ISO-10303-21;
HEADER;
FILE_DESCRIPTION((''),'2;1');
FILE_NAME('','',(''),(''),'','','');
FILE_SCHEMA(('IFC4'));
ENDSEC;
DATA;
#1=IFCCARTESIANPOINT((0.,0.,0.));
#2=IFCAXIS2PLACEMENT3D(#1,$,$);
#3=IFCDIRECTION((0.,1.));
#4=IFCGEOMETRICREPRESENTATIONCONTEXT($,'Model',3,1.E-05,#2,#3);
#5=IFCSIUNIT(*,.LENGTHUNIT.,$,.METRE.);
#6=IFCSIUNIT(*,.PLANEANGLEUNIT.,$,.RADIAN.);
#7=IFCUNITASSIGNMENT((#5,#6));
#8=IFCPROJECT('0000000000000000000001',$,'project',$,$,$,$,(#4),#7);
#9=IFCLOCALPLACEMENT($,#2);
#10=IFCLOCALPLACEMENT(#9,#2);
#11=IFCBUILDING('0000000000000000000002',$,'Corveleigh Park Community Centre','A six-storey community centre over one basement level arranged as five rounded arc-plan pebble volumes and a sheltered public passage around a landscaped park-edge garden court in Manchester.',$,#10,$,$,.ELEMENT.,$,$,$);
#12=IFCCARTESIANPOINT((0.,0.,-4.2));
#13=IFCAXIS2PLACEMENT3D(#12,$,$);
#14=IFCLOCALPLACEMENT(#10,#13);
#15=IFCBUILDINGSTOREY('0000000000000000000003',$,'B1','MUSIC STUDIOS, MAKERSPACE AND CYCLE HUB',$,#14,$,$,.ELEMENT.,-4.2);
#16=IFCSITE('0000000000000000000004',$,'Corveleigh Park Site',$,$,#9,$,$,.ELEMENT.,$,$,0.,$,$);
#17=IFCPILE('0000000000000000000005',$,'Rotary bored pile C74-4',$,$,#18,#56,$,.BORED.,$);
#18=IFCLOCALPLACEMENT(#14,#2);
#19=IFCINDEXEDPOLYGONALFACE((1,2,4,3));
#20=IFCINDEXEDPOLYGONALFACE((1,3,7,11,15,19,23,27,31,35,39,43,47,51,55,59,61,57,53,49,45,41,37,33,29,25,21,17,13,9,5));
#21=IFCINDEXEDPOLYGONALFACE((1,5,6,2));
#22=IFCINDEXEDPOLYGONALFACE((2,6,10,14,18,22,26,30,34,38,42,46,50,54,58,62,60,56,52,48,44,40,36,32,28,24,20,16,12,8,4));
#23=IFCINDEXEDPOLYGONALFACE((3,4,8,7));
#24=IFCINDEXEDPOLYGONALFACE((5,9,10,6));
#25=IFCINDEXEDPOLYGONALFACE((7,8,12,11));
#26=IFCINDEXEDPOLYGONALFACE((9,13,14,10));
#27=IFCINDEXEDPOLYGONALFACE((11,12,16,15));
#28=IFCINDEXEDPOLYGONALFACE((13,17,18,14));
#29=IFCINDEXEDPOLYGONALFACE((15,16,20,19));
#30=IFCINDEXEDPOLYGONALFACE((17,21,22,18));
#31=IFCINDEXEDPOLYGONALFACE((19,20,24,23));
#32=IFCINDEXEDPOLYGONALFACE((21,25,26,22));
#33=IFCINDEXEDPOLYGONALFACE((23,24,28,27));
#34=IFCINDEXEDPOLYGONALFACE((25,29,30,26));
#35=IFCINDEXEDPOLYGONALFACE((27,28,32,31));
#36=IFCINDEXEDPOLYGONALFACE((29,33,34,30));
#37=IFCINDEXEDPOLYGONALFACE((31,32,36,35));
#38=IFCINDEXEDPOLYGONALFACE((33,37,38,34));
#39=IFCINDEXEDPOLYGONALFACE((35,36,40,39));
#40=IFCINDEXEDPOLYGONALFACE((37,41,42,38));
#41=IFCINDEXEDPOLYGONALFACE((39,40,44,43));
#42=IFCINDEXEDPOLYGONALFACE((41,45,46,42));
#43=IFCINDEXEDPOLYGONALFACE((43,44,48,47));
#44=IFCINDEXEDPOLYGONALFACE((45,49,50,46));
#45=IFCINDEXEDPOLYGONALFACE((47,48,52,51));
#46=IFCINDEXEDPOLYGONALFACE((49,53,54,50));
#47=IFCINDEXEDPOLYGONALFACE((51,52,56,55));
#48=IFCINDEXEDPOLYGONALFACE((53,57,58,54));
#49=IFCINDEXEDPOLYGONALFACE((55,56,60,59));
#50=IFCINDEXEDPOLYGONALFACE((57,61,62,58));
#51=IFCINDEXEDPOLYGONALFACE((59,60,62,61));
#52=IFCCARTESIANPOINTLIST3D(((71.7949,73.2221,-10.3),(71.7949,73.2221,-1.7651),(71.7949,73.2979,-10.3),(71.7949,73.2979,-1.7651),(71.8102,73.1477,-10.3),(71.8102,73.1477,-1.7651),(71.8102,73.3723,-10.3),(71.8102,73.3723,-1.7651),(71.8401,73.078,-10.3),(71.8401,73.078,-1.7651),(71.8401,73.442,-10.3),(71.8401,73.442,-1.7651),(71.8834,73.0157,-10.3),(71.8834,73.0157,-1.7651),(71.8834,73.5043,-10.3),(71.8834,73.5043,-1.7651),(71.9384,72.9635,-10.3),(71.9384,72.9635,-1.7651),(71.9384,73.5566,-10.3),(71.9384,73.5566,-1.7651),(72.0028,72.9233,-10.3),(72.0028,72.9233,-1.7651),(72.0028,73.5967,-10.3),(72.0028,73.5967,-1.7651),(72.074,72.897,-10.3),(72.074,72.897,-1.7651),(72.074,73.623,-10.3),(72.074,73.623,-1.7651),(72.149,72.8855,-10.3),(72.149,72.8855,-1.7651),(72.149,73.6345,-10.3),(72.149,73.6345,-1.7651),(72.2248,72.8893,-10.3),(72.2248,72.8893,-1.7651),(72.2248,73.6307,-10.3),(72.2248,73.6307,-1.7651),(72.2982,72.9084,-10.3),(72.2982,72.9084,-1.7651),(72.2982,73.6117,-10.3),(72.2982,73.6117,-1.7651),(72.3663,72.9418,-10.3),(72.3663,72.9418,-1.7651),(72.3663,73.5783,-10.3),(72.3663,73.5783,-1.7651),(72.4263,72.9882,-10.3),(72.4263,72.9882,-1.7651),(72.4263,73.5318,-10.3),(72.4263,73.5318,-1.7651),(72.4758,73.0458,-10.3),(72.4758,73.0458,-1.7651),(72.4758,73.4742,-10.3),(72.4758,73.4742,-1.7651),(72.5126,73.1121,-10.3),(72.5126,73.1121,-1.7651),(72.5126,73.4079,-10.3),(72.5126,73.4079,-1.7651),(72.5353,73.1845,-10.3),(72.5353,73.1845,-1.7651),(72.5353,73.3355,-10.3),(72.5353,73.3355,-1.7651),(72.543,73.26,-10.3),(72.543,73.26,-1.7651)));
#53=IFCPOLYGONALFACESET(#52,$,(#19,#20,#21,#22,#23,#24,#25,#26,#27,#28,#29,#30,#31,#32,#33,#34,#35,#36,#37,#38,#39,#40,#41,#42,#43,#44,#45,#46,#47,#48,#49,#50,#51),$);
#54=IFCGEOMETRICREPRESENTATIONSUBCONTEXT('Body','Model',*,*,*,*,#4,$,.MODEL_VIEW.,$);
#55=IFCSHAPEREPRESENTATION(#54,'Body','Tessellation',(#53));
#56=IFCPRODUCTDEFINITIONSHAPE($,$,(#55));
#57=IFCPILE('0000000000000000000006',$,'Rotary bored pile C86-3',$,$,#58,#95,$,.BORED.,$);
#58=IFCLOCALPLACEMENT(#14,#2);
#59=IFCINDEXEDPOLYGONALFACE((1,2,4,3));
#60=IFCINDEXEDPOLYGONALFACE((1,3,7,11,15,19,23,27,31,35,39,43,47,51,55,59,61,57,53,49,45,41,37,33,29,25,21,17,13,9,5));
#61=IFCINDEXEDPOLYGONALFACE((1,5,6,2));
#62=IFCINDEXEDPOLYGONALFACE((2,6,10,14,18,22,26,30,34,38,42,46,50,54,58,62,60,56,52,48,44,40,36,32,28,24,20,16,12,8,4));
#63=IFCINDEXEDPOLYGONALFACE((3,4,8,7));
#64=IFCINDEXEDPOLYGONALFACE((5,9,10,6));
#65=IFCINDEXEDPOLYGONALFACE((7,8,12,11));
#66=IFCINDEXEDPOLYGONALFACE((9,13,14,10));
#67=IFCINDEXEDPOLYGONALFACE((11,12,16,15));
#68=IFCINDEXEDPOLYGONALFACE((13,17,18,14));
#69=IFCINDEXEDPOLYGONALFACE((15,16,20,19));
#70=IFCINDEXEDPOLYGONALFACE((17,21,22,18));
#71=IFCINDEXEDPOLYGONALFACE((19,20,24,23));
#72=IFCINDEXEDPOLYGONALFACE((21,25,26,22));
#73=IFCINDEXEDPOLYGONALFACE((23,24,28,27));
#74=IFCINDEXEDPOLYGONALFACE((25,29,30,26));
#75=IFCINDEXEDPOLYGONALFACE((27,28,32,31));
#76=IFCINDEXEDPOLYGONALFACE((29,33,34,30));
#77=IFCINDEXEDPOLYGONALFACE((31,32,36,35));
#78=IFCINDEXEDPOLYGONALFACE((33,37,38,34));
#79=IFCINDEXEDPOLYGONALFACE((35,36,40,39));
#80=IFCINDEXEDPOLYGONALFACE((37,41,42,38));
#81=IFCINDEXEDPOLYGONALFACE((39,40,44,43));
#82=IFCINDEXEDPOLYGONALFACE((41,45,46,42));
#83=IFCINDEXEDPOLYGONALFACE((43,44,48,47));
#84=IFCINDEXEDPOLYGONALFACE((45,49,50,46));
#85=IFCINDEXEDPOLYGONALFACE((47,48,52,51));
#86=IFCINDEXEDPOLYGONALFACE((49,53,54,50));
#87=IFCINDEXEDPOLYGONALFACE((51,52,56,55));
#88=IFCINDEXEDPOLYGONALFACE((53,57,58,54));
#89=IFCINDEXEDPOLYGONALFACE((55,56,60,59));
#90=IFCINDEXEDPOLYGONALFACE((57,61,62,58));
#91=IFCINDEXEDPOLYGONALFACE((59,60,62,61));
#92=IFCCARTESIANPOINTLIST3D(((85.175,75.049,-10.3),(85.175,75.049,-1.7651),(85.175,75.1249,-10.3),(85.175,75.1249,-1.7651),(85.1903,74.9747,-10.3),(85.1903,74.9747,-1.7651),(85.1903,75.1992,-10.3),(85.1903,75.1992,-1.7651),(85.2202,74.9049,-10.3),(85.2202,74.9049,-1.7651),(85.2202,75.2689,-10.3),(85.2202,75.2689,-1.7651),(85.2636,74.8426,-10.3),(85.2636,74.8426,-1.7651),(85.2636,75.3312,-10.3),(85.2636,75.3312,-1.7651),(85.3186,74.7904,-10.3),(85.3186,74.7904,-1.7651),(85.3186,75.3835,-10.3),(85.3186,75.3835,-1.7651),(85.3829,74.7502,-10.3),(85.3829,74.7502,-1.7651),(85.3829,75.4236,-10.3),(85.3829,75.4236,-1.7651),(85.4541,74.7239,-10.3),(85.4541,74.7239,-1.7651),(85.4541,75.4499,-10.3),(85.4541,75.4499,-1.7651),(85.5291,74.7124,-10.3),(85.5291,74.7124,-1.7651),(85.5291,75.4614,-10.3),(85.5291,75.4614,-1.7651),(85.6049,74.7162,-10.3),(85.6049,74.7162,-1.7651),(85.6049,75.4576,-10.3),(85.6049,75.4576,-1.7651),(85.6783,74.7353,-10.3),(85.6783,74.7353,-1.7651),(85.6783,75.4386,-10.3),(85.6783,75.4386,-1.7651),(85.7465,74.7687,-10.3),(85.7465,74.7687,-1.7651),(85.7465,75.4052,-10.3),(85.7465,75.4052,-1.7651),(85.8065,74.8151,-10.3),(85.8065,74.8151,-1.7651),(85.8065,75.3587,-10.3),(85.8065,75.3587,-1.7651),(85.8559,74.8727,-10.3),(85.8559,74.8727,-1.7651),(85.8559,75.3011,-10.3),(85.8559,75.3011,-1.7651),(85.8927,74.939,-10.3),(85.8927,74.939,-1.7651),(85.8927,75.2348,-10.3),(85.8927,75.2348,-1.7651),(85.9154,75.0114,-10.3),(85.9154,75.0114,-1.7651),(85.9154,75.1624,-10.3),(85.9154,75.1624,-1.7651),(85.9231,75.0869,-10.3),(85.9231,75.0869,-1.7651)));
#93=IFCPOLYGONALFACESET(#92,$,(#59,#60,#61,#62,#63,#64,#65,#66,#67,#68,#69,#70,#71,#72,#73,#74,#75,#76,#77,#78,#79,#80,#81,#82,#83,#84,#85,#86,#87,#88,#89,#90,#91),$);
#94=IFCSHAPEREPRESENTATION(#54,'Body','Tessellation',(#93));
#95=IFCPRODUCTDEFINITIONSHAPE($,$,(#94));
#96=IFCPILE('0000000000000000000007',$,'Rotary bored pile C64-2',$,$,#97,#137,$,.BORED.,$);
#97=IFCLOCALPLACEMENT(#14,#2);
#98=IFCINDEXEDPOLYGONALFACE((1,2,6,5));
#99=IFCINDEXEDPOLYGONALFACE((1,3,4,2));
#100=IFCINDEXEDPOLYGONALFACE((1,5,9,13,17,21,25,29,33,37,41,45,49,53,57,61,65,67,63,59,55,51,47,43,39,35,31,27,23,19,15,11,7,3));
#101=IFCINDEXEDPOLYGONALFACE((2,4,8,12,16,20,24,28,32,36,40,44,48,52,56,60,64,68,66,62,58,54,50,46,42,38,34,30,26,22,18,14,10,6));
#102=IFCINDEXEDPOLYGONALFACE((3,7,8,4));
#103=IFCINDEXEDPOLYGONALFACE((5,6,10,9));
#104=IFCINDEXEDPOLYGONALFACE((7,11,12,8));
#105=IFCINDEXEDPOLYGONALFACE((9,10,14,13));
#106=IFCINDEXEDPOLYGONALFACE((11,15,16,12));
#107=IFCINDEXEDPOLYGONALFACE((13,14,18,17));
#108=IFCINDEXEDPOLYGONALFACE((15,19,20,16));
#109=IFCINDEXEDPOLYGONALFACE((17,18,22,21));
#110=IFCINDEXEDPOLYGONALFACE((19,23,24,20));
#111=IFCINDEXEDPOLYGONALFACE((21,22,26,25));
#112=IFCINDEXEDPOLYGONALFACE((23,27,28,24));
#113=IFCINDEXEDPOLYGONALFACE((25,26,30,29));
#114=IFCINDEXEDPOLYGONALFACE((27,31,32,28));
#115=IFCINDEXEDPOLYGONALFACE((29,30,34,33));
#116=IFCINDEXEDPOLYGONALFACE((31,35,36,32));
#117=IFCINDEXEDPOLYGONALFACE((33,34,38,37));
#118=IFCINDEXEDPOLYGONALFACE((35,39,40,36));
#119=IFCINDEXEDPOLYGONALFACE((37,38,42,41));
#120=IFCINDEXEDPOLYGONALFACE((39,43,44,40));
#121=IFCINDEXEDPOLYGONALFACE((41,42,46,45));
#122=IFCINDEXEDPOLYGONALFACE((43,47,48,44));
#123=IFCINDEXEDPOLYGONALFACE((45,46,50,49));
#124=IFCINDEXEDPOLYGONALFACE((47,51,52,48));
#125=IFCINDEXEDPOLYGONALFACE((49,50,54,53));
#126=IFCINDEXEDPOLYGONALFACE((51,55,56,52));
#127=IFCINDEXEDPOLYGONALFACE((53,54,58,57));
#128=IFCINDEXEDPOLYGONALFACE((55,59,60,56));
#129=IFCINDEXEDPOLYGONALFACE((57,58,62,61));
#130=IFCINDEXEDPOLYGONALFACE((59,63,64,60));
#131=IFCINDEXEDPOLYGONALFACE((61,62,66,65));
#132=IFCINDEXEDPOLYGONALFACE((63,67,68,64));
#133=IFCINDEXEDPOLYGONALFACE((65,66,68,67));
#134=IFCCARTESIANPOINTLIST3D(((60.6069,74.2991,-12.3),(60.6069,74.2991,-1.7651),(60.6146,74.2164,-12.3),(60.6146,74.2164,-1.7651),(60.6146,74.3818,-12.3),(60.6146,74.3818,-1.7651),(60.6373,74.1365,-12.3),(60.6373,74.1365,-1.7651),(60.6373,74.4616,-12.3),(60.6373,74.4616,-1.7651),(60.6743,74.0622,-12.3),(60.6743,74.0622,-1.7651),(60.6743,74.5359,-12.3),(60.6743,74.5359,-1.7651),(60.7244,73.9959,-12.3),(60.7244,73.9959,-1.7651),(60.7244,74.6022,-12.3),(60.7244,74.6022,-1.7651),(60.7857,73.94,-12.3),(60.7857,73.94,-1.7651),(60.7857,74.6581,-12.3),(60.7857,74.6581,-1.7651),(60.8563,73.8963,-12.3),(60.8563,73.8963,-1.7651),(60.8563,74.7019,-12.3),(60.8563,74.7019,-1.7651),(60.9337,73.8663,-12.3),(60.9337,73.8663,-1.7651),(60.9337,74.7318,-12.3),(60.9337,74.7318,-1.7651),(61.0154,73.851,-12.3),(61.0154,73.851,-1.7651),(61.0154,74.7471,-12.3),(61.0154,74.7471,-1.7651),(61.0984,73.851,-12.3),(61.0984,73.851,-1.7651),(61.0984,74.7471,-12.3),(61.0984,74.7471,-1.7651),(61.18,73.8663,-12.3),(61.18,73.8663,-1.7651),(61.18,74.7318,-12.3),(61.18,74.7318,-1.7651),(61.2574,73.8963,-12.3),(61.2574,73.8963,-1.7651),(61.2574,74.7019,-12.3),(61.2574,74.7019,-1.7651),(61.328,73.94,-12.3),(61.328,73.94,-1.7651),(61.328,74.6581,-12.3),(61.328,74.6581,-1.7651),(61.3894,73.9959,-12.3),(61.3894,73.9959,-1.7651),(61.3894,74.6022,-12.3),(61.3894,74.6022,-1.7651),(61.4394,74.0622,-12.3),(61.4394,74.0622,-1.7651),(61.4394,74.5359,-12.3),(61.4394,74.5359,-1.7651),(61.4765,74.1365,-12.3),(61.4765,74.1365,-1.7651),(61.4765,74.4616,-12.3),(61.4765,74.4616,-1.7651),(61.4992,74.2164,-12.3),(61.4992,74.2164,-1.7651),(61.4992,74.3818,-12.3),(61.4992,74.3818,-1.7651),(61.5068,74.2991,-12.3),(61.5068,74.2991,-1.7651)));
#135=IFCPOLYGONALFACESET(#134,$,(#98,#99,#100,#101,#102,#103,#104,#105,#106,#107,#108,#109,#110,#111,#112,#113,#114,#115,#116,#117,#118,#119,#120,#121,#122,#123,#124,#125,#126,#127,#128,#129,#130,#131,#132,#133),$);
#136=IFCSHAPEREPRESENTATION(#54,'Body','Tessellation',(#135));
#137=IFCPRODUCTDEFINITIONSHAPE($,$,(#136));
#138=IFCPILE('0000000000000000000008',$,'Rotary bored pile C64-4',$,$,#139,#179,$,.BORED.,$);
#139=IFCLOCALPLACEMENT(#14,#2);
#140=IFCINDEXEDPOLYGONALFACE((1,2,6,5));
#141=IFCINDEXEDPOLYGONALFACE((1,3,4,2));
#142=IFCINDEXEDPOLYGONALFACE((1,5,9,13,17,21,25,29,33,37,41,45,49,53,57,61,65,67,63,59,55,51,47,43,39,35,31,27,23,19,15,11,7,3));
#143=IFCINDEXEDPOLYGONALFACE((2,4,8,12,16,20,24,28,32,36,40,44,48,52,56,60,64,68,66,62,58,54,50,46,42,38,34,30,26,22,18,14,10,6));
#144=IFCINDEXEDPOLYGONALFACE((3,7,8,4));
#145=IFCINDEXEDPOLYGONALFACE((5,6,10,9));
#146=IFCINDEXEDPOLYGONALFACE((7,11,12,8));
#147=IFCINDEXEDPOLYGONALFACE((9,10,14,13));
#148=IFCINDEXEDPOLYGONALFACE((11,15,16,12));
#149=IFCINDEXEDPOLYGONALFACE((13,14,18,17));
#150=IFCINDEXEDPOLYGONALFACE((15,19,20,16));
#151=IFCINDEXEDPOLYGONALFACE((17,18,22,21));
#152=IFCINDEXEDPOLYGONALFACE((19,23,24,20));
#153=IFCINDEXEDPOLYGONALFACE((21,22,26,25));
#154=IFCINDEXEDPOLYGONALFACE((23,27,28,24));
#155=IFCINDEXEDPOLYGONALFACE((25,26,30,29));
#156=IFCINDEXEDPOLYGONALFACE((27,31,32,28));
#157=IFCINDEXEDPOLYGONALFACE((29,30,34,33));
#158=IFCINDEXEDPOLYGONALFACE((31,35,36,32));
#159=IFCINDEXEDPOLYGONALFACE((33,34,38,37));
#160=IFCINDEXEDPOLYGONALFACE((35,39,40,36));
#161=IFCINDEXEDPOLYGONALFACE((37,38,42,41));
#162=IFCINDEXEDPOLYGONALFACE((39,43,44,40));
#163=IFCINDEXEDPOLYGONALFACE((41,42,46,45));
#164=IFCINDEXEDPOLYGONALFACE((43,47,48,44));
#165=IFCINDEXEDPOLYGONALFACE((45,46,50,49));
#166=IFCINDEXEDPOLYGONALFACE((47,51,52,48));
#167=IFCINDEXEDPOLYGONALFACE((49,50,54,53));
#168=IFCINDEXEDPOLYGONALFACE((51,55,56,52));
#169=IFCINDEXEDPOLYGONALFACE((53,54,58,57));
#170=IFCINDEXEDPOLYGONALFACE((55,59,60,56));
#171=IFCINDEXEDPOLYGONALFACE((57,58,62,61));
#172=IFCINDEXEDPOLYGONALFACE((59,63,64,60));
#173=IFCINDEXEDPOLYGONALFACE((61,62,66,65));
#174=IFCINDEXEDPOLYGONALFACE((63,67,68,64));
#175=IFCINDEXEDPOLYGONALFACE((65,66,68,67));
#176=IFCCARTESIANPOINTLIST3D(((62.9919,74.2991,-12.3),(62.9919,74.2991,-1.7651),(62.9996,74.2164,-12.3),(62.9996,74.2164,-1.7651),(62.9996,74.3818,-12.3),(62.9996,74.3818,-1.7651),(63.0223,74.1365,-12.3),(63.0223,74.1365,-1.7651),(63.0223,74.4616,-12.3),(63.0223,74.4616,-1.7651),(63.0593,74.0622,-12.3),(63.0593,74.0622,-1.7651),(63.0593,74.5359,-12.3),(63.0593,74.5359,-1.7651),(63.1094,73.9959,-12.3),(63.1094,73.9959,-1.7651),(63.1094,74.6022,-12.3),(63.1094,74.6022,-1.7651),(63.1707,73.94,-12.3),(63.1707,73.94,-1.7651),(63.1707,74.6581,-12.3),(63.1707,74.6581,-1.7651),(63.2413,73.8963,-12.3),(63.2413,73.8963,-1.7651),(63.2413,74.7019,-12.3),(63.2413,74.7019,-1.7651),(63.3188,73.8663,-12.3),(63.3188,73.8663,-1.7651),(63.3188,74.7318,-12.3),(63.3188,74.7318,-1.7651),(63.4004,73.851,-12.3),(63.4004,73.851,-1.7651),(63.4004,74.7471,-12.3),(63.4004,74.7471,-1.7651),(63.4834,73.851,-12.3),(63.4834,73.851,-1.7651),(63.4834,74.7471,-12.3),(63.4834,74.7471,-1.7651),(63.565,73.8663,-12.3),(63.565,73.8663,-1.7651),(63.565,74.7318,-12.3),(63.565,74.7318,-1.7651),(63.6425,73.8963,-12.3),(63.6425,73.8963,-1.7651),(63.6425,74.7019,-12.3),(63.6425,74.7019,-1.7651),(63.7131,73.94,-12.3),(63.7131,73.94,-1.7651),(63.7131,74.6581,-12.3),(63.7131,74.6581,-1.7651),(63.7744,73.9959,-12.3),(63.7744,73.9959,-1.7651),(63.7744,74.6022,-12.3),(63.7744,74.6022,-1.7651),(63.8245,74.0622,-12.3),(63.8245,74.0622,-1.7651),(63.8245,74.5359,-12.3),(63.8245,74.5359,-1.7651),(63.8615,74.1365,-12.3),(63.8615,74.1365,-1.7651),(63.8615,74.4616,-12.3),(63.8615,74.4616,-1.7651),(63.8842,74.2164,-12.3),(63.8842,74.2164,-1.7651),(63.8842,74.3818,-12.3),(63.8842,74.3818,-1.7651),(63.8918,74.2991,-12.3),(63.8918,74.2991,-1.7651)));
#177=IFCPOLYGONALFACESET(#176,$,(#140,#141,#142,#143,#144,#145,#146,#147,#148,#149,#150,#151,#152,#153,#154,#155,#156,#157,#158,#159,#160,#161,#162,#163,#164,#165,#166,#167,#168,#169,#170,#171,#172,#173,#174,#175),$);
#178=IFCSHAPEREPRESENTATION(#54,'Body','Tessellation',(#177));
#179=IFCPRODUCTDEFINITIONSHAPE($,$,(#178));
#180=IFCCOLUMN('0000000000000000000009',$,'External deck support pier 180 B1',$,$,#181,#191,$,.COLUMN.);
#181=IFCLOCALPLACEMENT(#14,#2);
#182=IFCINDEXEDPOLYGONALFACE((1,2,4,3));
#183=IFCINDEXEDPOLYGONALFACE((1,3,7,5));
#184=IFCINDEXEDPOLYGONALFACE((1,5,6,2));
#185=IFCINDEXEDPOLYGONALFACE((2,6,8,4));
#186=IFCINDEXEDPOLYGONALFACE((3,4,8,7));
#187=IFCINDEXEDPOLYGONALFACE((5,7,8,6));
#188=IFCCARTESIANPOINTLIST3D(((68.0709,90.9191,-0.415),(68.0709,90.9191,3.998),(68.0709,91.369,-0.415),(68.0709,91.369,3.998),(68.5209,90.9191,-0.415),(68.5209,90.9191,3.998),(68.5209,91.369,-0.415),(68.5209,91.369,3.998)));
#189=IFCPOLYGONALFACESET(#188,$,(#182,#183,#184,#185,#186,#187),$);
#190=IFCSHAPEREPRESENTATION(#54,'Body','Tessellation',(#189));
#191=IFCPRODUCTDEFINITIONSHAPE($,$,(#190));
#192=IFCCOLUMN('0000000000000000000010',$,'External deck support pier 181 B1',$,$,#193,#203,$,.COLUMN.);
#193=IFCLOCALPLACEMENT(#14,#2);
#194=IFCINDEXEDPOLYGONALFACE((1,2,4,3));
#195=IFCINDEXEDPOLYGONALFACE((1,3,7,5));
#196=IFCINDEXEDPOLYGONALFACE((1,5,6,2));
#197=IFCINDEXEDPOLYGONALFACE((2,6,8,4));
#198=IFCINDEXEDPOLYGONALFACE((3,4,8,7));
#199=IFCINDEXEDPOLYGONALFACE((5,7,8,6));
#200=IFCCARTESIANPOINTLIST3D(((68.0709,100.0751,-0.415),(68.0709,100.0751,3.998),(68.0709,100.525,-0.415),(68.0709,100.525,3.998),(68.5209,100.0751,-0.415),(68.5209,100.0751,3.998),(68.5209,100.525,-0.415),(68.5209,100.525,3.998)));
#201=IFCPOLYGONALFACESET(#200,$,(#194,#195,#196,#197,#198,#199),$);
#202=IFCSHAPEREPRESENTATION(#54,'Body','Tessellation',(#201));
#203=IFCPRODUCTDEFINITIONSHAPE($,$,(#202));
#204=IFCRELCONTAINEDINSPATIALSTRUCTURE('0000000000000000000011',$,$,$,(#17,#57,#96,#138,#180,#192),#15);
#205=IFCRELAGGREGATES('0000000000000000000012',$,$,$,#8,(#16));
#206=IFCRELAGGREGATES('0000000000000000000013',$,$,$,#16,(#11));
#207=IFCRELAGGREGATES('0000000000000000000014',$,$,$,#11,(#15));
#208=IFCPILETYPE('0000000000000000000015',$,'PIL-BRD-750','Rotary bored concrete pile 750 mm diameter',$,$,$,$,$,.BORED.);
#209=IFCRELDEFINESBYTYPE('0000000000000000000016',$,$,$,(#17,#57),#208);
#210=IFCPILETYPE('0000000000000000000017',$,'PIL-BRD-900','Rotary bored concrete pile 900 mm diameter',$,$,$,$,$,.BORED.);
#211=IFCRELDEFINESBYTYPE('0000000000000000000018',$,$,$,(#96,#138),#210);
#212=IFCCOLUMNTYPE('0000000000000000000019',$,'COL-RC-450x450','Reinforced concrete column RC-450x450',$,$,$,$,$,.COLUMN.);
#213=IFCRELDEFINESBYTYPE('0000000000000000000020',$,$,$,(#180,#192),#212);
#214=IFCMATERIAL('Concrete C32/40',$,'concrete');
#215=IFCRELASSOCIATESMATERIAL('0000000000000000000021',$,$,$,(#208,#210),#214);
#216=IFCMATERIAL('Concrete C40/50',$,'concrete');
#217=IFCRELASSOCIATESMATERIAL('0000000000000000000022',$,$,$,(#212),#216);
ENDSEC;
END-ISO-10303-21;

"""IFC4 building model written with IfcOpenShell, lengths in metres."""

from ifc_helpers import new_model, si_unit, direction, frame, origin, origin_2d, place, context, subcontext, project, spatial, rectangle, circle, extrude, material, material_profile, profile_set, type_object, element, save


model = new_model("IFC4")

# Units and contexts
model_context = context("Model", 3, precision=1e-05, world=origin(), true_north=direction((0.0, 1.0)))
body_context = subcontext(model_context, "Body", "Model", "MODEL_VIEW")
ifc_project = project(units=[si_unit("LENGTHUNIT", "METRE"), si_unit("PLANEANGLEUNIT", "RADIAN")], contexts=[model_context])

# Site, building, storey
site_placement = place(None, origin())
site = spatial("IfcSite", under=ifc_project, at=site_placement, Name="Corveleigh Park Site", CompositionType="ELEMENT", RefElevation=0.0)
building_placement = place(site_placement, origin())
building = spatial("IfcBuilding", under=site, at=building_placement, Name="Corveleigh Park Community Centre", Description="A six-storey community centre over one basement level arranged as five rounded arc-plan pebble volumes and a sheltered public passage around a landscaped park-edge garden court in Manchester.", CompositionType="ELEMENT")
storey_placement = place(building_placement, frame((0.0, 0.0, -4.2)))
storey = spatial("IfcBuildingStorey", under=building, at=storey_placement, Name="B1", Description="MUSIC STUDIOS, MAKERSPACE AND CYCLE HUB", CompositionType="ELEMENT", Elevation=-4.2)

# Shared definitions
ifc_material_1 = material(Name="Concrete C40/50", Category="concrete")

# Piles
ifc_material_2 = material(Name="Concrete C32/40", Category="concrete")
ifc_material_profile_1 = material_profile(ifc_material_2, circle(Radius=0.375, at=origin_2d()), Name="BORED-PILE-750", Category="concrete")
ifc_profile_set_1 = profile_set([ifc_material_profile_1], Name="Concrete C32/40")
pile_type_1 = type_object("IfcPileType", Name="PIL-BRD-750", Description="Rotary bored concrete pile 750 mm diameter", PredefinedType="BORED", material=ifc_profile_set_1)
for number, where, z_axis, x_axis, name in (
    (1, (72.168, 73.26, -1.7651), (0.0, 0.0, -1.0), (1.0, 0.0, 0.0), "Rotary bored pile C74-4"),
    (2, (85.5481, 75.0869, -1.7651), (0.0, 0.0, -1.0), (1.0, 0.0, 0.0), "Rotary bored pile C86-3"),
):
    element("IfcPile", number, at=place(storey_placement, frame(where, z_axis=z_axis, x_axis=x_axis)), inside=storey, type_object=pile_type_1, Name=name, PredefinedType="BORED", context=body_context, shape_type="SweptSolid", body=[
        extrude(circle(Radius=0.375, at=origin_2d()), origin(), (0.0, 0.0, 1.0), 8.5349),
    ])
ifc_material_profile_2 = material_profile(ifc_material_2, circle(Radius=0.45, at=origin_2d()), Name="BORED-PILE-900", Category="concrete")
ifc_profile_set_2 = profile_set([ifc_material_profile_2], Name="Concrete C32/40")
pile_type_2 = type_object("IfcPileType", Name="PIL-BRD-900", Description="Rotary bored concrete pile 900 mm diameter", PredefinedType="BORED", material=ifc_profile_set_2)
for number, where, z_axis, x_axis, name in (
    (3, (61.0569, 74.2991, -1.7651), (0.0, 0.0, -1.0), (1.0, 0.0, 0.0), "Rotary bored pile C64-2"),
    (4, (63.4419, 74.2991, -1.7651), (0.0, 0.0, -1.0), (1.0, 0.0, 0.0), "Rotary bored pile C64-4"),
):
    element("IfcPile", number, at=place(storey_placement, frame(where, z_axis=z_axis, x_axis=x_axis)), inside=storey, type_object=pile_type_2, Name=name, PredefinedType="BORED", context=body_context, shape_type="SweptSolid", body=[
        extrude(circle(Radius=0.45, at=origin_2d()), origin(), (0.0, 0.0, 1.0), 10.5349),
    ])

# Columns
ifc_material_profile_3 = material_profile(ifc_material_1, rectangle(XDim=0.45, YDim=0.45, at=origin_2d()), Name="RC-450x450", Category="concrete")
ifc_profile_set_3 = profile_set([ifc_material_profile_3], Name="Concrete C40/50")
column_type_1 = type_object("IfcColumnType", Name="COL-RC-450x450", Description="Reinforced concrete column RC-450x450", PredefinedType="COLUMN", material=ifc_profile_set_3)
for number, where, z_axis, x_axis, name in (
    (5, (68.2959, 91.144, -0.415), (0.0, 0.0, 1.0), (1.0, 0.0, 0.0), "External deck support pier 180 B1"),
    (6, (68.2959, 100.3, -0.415), (0.0, 0.0, 1.0), (1.0, 0.0, 0.0), "External deck support pier 181 B1"),
):
    element("IfcColumn", number, at=place(storey_placement, frame(where, z_axis=z_axis, x_axis=x_axis)), inside=storey, type_object=column_type_1, Name=name, PredefinedType="COLUMN", context=body_context, shape_type="SweptSolid", body=[
        extrude(rectangle(XDim=0.45, YDim=0.45, at=origin_2d()), origin(), (0.0, 0.0, 1.0), 4.4131),
    ])

save(model, "model.ifc")
